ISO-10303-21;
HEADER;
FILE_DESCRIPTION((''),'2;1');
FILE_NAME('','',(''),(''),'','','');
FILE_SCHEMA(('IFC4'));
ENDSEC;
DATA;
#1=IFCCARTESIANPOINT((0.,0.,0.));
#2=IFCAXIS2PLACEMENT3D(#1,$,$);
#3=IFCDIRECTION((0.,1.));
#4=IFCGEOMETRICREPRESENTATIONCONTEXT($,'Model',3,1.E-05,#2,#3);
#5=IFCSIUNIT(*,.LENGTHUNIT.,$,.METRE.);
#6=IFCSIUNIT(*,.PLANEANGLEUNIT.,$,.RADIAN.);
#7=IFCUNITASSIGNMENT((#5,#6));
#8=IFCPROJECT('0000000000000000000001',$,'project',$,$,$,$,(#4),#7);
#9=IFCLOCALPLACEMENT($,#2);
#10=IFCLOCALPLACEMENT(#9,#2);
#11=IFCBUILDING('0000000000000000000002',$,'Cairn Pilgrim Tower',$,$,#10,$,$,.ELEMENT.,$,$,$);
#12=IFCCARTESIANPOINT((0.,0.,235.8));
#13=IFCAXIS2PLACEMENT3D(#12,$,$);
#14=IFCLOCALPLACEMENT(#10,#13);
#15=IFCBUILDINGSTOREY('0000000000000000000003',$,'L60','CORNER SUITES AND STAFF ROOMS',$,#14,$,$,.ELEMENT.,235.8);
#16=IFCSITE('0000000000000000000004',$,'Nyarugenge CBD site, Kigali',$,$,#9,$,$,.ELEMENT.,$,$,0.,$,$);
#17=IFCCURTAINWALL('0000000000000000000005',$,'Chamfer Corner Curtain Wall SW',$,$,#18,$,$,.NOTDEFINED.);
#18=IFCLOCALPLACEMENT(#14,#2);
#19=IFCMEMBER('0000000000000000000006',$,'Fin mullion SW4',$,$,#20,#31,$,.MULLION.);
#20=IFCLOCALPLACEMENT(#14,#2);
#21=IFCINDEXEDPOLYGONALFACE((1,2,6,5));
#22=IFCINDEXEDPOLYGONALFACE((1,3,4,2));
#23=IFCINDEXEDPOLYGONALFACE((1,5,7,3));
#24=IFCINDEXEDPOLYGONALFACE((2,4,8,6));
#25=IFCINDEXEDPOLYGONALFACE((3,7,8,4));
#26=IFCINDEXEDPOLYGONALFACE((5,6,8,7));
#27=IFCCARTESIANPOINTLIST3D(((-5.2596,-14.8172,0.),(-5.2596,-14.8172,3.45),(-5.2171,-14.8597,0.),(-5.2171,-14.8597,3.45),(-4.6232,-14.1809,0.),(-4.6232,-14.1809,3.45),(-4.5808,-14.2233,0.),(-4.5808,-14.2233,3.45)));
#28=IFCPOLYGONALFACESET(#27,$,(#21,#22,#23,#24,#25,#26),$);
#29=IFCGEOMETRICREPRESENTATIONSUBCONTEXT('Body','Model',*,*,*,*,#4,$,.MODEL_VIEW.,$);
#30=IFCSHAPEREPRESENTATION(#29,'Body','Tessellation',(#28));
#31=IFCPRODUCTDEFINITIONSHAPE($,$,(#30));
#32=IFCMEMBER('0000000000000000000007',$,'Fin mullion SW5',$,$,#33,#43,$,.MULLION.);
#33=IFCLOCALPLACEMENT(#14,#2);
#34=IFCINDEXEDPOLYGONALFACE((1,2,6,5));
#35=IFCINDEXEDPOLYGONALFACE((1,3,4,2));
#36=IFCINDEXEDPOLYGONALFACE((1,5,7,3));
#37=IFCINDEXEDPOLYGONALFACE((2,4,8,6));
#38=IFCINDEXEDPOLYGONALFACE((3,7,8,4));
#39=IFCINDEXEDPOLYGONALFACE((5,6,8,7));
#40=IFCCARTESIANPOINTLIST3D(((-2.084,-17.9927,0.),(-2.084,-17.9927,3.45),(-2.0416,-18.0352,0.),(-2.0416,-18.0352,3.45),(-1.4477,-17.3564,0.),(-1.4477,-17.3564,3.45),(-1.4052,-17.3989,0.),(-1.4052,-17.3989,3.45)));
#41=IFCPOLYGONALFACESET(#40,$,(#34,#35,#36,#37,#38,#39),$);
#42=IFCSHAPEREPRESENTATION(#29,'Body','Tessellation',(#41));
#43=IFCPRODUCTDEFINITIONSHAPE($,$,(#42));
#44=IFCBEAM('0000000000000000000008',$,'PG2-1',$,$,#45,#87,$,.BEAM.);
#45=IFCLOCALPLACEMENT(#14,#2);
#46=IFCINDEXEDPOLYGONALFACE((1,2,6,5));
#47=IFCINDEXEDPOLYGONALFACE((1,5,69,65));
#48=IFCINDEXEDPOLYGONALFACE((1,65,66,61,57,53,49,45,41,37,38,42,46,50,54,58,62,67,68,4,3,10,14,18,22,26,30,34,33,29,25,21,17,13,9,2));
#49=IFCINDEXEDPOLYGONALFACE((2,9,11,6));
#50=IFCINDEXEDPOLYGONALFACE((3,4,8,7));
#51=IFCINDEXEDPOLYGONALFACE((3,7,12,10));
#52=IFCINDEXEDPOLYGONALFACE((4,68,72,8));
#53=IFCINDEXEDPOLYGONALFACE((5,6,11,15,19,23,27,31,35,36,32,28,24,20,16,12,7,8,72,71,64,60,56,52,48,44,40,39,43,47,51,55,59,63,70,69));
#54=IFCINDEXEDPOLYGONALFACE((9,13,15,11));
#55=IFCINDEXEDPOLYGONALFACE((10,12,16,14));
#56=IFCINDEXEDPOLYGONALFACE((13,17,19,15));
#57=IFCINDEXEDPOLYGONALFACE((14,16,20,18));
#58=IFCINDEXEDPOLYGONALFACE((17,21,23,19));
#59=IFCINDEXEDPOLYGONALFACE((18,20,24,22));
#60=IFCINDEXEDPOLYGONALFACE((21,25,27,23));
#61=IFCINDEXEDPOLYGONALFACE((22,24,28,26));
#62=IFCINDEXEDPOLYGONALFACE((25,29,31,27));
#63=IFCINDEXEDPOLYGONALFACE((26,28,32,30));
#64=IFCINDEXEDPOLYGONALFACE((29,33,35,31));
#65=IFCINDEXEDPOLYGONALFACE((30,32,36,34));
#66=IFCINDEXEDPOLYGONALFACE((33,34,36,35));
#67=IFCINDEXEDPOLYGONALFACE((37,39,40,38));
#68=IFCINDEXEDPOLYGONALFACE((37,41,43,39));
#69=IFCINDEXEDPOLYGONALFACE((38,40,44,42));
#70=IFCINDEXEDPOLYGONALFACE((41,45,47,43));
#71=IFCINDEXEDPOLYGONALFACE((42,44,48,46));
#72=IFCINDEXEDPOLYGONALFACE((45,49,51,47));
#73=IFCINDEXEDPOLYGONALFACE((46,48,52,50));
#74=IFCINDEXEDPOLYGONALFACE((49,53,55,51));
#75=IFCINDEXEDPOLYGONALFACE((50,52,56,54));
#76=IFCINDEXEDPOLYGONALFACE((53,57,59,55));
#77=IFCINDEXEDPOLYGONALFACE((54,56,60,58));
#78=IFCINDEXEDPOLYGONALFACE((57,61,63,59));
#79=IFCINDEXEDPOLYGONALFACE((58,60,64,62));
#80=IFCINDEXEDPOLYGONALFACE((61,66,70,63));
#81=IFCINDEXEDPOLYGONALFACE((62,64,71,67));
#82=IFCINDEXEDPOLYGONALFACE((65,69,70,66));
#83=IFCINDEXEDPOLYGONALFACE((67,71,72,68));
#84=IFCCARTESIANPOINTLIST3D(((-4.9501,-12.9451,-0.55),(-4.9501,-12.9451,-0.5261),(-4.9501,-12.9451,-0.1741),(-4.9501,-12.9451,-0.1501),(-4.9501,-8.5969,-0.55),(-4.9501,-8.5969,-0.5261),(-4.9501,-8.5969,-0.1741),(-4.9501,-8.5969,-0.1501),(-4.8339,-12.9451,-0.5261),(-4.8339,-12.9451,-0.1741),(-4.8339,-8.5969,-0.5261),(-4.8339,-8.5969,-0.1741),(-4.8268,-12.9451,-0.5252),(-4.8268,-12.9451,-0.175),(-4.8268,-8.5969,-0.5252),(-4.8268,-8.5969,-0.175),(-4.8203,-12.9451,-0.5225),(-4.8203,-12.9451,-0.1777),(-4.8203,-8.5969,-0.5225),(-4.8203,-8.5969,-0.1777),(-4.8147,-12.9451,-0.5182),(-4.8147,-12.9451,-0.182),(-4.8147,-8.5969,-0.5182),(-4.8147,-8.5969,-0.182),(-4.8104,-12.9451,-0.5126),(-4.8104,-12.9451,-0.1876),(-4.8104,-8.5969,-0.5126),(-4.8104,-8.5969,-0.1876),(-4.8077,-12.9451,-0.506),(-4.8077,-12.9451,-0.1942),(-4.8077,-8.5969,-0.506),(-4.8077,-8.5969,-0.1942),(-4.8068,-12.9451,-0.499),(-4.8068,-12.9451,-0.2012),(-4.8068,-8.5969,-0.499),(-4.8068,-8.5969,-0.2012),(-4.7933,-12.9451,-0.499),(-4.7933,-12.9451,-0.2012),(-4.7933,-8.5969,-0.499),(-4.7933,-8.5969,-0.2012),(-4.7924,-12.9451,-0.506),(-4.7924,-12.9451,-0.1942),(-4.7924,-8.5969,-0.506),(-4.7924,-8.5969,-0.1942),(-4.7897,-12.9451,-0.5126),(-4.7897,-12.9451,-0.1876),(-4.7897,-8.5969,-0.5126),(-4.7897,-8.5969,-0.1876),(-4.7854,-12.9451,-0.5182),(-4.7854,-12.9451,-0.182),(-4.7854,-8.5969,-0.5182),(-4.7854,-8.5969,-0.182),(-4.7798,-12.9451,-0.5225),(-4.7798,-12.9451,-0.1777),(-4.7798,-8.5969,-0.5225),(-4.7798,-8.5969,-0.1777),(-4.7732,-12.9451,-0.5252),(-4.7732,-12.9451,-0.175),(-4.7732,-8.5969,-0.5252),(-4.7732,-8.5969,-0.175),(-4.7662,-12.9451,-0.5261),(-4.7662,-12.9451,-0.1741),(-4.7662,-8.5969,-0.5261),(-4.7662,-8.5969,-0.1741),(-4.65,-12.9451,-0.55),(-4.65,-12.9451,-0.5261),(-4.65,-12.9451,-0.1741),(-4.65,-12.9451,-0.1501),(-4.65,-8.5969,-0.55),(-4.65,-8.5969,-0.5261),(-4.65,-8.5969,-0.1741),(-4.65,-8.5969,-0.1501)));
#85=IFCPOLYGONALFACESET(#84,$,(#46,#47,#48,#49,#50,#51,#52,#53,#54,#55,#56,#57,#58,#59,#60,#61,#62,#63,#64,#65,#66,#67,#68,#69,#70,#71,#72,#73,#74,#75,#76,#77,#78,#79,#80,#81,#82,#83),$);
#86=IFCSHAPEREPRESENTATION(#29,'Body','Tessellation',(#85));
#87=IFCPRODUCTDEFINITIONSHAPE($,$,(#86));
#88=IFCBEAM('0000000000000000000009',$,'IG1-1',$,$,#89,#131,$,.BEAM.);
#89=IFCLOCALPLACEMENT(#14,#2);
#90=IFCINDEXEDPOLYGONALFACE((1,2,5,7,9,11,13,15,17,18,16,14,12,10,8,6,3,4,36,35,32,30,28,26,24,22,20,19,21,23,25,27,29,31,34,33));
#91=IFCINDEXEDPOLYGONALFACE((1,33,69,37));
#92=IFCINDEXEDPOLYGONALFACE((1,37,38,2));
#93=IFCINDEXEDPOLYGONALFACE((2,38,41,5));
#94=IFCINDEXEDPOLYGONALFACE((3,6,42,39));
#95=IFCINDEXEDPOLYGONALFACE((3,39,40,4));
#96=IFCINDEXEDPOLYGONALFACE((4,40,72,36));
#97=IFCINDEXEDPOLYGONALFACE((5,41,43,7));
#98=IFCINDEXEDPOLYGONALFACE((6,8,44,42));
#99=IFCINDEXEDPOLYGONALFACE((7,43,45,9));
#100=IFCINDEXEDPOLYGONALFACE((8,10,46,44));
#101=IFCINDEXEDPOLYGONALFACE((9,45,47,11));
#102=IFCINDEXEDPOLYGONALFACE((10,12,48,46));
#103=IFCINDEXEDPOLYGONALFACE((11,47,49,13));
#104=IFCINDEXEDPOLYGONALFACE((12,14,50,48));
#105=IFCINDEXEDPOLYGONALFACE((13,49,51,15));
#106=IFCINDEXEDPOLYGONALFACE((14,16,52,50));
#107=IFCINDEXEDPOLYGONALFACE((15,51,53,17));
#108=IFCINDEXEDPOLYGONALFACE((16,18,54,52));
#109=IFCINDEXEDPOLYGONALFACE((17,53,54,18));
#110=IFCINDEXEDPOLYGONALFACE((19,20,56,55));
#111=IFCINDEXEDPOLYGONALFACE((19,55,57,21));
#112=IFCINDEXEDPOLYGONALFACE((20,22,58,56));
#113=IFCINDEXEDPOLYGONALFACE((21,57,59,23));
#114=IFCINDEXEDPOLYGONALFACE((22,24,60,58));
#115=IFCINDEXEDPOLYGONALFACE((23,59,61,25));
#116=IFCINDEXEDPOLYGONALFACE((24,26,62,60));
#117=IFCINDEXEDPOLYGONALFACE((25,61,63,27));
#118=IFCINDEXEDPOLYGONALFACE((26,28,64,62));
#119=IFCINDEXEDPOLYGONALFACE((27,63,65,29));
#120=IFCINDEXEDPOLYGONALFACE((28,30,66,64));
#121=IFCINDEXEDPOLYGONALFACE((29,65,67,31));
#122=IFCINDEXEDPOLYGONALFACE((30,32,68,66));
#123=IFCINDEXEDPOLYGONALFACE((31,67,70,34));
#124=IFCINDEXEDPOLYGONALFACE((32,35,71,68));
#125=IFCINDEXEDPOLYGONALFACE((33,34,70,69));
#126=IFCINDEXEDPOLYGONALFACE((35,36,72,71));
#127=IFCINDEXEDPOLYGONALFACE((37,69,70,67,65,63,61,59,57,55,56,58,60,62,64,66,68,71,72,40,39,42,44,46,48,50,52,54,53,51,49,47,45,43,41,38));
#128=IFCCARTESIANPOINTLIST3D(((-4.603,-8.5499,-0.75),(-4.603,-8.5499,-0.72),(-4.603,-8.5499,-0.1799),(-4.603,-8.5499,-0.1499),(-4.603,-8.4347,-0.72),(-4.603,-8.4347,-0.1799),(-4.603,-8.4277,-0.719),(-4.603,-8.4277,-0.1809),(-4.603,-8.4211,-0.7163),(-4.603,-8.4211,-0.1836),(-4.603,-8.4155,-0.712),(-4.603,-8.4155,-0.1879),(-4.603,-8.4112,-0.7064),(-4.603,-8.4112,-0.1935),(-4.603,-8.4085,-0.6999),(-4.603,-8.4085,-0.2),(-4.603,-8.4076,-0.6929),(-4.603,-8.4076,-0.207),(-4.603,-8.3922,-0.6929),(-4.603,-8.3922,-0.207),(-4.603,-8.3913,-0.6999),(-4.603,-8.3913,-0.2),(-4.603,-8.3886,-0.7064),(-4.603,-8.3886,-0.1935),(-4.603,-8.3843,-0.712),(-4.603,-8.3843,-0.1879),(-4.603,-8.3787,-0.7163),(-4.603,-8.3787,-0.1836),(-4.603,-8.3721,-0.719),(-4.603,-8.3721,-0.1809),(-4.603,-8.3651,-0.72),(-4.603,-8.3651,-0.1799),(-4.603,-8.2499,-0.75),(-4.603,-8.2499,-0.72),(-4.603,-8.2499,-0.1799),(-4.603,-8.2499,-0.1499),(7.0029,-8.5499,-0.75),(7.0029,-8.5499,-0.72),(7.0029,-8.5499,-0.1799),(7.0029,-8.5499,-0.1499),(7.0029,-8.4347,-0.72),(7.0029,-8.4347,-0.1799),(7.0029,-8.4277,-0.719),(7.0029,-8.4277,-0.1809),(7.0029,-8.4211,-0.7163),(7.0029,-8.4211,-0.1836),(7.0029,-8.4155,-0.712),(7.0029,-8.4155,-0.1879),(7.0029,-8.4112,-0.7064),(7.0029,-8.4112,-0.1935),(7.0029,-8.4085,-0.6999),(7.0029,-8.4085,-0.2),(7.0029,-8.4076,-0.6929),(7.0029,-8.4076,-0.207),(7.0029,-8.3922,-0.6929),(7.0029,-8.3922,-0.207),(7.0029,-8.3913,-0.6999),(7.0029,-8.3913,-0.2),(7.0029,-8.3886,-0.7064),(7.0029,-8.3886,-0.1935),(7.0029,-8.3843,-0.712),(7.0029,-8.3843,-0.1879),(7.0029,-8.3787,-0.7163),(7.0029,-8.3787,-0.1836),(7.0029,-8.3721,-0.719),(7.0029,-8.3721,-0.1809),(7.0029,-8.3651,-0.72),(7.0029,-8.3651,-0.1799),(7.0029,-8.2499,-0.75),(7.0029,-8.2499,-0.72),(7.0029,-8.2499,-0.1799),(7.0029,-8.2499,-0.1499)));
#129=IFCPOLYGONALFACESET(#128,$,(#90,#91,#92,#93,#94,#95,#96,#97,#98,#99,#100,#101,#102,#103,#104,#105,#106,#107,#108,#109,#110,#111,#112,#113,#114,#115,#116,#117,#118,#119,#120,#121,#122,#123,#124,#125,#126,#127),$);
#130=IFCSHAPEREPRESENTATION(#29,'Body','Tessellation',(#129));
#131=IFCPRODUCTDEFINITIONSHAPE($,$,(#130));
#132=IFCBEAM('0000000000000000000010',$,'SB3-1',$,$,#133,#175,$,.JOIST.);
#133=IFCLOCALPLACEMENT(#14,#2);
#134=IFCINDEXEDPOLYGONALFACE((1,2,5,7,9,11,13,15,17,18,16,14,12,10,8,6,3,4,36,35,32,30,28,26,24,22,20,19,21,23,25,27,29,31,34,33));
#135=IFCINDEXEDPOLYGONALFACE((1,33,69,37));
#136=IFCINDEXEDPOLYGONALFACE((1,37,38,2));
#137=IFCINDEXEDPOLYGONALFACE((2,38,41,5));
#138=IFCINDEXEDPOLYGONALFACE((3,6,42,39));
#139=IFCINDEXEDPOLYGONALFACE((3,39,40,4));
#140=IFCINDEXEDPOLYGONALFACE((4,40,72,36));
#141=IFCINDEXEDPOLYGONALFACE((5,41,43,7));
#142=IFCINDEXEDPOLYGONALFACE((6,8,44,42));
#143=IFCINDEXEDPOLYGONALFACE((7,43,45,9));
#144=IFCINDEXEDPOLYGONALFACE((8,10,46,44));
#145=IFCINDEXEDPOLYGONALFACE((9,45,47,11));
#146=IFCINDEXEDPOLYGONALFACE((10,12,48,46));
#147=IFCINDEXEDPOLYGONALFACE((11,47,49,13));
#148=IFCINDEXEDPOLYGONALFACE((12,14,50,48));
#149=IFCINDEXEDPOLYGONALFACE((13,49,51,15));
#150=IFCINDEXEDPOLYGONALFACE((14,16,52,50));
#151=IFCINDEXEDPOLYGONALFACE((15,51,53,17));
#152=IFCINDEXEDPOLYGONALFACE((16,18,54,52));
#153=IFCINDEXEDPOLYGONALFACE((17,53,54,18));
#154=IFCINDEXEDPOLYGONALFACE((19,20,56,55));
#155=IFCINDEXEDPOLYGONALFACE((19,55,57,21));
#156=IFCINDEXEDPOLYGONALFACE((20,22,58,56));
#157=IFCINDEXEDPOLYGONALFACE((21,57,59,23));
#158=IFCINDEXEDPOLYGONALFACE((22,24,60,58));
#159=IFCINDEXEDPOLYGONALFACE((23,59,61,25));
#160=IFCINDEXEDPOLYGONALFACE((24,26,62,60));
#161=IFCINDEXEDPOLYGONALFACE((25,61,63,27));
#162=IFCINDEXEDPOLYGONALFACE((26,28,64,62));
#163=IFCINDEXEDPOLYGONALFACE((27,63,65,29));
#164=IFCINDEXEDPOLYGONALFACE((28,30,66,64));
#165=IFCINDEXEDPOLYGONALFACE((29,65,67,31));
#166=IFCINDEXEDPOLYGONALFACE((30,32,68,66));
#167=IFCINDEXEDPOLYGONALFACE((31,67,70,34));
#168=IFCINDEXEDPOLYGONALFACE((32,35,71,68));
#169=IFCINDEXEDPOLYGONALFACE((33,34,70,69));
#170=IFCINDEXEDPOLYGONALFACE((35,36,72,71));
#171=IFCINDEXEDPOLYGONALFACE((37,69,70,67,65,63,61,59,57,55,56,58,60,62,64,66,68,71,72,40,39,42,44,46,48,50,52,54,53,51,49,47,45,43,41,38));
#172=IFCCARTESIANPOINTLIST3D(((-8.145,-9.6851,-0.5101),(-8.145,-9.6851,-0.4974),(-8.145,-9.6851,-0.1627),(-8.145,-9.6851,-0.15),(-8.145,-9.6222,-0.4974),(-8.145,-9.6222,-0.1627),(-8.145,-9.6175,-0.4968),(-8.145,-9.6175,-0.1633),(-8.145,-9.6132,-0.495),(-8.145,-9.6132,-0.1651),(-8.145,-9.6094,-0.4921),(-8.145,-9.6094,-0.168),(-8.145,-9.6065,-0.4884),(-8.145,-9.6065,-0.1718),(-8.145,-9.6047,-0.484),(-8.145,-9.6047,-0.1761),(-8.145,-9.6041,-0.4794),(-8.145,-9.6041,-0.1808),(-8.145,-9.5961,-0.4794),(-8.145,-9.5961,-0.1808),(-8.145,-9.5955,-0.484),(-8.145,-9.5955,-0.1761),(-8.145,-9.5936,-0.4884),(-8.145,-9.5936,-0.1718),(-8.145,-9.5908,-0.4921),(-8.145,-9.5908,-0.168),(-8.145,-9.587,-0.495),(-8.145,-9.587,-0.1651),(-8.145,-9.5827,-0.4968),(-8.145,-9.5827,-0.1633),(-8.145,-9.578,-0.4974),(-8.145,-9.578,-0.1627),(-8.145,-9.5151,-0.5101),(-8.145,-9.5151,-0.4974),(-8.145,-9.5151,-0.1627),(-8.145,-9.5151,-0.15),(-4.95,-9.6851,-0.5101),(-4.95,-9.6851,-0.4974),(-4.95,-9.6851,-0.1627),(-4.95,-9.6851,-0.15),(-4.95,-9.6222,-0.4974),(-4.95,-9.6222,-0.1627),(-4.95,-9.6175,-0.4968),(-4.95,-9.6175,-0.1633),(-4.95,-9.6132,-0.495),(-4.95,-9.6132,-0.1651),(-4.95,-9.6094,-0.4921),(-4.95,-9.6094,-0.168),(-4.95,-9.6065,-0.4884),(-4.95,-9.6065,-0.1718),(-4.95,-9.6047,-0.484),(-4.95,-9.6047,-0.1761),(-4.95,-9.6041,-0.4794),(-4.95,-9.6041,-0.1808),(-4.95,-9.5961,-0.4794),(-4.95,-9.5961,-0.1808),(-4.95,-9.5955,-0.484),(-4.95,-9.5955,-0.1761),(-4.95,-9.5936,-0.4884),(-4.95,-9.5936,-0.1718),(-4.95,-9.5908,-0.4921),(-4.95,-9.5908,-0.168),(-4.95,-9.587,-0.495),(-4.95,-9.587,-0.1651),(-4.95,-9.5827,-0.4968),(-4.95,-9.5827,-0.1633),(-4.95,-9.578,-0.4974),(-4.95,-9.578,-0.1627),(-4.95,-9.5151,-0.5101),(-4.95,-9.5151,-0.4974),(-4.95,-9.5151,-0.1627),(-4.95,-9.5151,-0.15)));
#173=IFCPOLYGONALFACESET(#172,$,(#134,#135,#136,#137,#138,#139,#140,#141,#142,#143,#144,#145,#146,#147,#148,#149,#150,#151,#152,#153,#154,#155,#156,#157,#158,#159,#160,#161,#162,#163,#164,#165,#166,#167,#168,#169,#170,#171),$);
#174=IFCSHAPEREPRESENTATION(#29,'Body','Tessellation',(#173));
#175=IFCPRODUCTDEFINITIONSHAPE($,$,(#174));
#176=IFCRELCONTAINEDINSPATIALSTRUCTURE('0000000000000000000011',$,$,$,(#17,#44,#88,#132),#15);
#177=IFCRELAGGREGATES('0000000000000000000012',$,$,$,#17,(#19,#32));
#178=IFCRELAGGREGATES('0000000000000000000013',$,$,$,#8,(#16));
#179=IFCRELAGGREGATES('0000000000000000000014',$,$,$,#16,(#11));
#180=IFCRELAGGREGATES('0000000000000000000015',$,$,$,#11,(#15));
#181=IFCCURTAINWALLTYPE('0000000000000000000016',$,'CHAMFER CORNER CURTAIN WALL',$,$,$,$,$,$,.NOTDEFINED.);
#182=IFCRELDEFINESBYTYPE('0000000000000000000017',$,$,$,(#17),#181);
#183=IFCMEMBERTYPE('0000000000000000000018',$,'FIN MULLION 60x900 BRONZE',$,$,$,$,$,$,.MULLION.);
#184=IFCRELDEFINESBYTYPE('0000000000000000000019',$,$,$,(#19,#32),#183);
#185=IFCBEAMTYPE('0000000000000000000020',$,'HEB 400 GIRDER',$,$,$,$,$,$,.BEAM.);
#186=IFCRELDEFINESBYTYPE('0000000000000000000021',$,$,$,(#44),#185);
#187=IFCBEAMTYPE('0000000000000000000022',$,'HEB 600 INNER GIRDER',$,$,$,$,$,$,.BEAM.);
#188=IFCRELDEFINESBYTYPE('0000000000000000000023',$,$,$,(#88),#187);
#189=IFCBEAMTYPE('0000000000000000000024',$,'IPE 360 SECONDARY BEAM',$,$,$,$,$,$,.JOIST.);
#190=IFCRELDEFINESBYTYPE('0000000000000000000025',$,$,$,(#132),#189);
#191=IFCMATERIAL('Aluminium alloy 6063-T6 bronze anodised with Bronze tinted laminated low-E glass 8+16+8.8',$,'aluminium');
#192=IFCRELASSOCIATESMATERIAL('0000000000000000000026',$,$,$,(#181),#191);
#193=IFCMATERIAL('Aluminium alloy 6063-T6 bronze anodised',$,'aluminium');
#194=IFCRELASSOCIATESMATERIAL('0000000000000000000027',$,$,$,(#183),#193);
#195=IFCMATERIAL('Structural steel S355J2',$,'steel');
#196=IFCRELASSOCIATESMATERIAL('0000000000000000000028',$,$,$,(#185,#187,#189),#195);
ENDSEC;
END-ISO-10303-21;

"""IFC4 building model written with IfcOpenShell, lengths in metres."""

from ifc_helpers import new_model, si_unit, direction, frame, origin, origin_2d, place, context, subcontext, project, spatial, rectangle, i_section, extrude, material, material_profile, profile_set, type_object, element, aggregate, save


model = new_model("IFC4")

# Units and contexts
model_context = context("Model", 3, precision=1e-05, world=origin(), true_north=direction((0.0, 1.0)))
body_context = subcontext(model_context, "Body", "Model", "MODEL_VIEW")
ifc_project = project(units=[si_unit("LENGTHUNIT", "METRE"), si_unit("PLANEANGLEUNIT", "RADIAN")], contexts=[model_context])

# Site, building, storey
site_placement = place(None, origin())
site = spatial("IfcSite", under=ifc_project, at=site_placement, Name="Nyarugenge CBD site, Kigali", CompositionType="ELEMENT", RefElevation=0.0)
building_placement = place(site_placement, origin())
building = spatial("IfcBuilding", under=site, at=building_placement, Name="Cairn Pilgrim Tower", CompositionType="ELEMENT")
storey_placement = place(building_placement, frame((0.0, 0.0, 235.8)))
storey = spatial("IfcBuildingStorey", under=building, at=storey_placement, Name="L60", Description="CORNER SUITES AND STAFF ROOMS", CompositionType="ELEMENT", Elevation=235.8)

# Shared definitions
ifc_material_1 = material(Name="Structural steel S355J2", Category="steel")

# Curtain wall, members
ifc_material_2 = material(Name="Aluminium alloy 6063-T6 bronze anodised with Bronze tinted laminated low-E glass 8+16+8.8", Category="aluminium")
curtain_wall_type = type_object("IfcCurtainWallType", Name="CHAMFER CORNER CURTAIN WALL", PredefinedType="NOTDEFINED", material=ifc_material_2)
curtain_wall_placement = place(storey_placement, origin())
curtain_wall = element("IfcCurtainWall", 1, at=curtain_wall_placement, inside=storey, type_object=curtain_wall_type, Name="Chamfer Corner Curtain Wall SW", PredefinedType="NOTDEFINED")
ifc_material_3 = material(Name="Aluminium alloy 6063-T6 bronze anodised", Category="aluminium")
ifc_material_profile_1 = material_profile(ifc_material_3, rectangle(XDim=0.8999, YDim=0.0601, at=origin_2d()), Name="FIN MULLION 60x900 BRONZE")
ifc_profile_set_1 = profile_set([ifc_material_profile_1], Name="Aluminium alloy 6063-T6 bronze anodised")
member_type_1 = type_object("IfcMemberType", Name="FIN MULLION 60x900 BRONZE", PredefinedType="MULLION", material=ifc_profile_set_1)
member_1_placement = place(storey_placement, frame((-4.9202, -14.5203, 0.0), z_axis=(0.0, 0.0, 1.0), x_axis=(-0.707107, -0.707107, 0.0)))
member_1 = element("IfcMember", 2, at=member_1_placement, type_object=member_type_1, Name="Fin mullion SW4", PredefinedType="MULLION", context=body_context, shape_type="SweptSolid", body=[
    extrude(rectangle(XDim=0.8999, YDim=0.0601, at=origin_2d()), origin(), (0.0, 0.0, 1.0), 3.45),
])
member_2_placement = place(storey_placement, frame((-1.7446, -17.6958, 0.0), z_axis=(0.0, 0.0, 1.0), x_axis=(-0.707107, -0.707107, 0.0)))
member_2 = element("IfcMember", 3, at=member_2_placement, type_object=member_type_1, Name="Fin mullion SW5", PredefinedType="MULLION", context=body_context, shape_type="SweptSolid", body=[
    extrude(rectangle(XDim=0.8999, YDim=0.0601, at=origin_2d()), origin(), (0.0, 0.0, 1.0), 3.45),
])

# Beams
ifc_material_profile_2 = material_profile(ifc_material_1, i_section(OverallWidth=0.3, OverallDepth=0.3999, WebThickness=0.0134, FlangeThickness=0.0239, FilletRadius=0.0271, at=origin_2d()), Name="HEB 400")
ifc_profile_set_2 = profile_set([ifc_material_profile_2], Name="Structural steel S355J2")
beam_type_1 = type_object("IfcBeamType", Name="HEB 400 GIRDER", PredefinedType="BEAM", material=ifc_profile_set_2)
beam_1_placement = place(storey_placement, frame((-4.8, -12.9451, -0.3501), z_axis=(0.0, 1.0, 0.0), x_axis=(-1.0, 0.0, 0.0)))
element("IfcBeam", 4, at=beam_1_placement, inside=storey, type_object=beam_type_1, Name="PG2-1", PredefinedType="BEAM", context=body_context, shape_type="SweptSolid", body=[
    extrude(i_section(OverallWidth=0.3, OverallDepth=0.3999, WebThickness=0.0134, FlangeThickness=0.0239, FilletRadius=0.0271, at=origin_2d()), origin(), (0.0, 0.0, 1.0), 4.3481),
])
ifc_material_profile_3 = material_profile(ifc_material_1, i_section(OverallWidth=0.3, OverallDepth=0.6001, WebThickness=0.0154, FlangeThickness=0.03, FilletRadius=0.0271, at=origin_2d()), Name="HEB 600")
ifc_profile_set_3 = profile_set([ifc_material_profile_3], Name="Structural steel S355J2")
beam_type_2 = type_object("IfcBeamType", Name="HEB 600 INNER GIRDER", PredefinedType="BEAM", material=ifc_profile_set_3)
beam_2_placement = place(storey_placement, frame((-4.603, -8.3999, -0.45), z_axis=(1.0, 0.0, 0.0), x_axis=(0.0, 1.0, 0.0)))
element("IfcBeam", 5, at=beam_2_placement, inside=storey, type_object=beam_type_2, Name="IG1-1", PredefinedType="BEAM", context=body_context, shape_type="SweptSolid", body=[
    extrude(i_section(OverallWidth=0.3, OverallDepth=0.6001, WebThickness=0.0154, FlangeThickness=0.03, FilletRadius=0.0271, at=origin_2d()), origin(), (0.0, 0.0, 1.0), 11.606),
])
ifc_material_profile_4 = material_profile(ifc_material_1, i_section(OverallWidth=0.1699, OverallDepth=0.3601, WebThickness=0.0081, FlangeThickness=0.0127, FilletRadius=0.0181, at=origin_2d()), Name="IPE 360")
ifc_profile_set_4 = profile_set([ifc_material_profile_4], Name="Structural steel S355J2")
beam_type_3 = type_object("IfcBeamType", Name="IPE 360 SECONDARY BEAM", PredefinedType="JOIST", material=ifc_profile_set_4)
beam_3_placement = place(storey_placement, frame((-8.145, -9.6001, -0.3301), z_axis=(1.0, 0.0, 0.0), x_axis=(0.0, 1.0, 0.0)))
element("IfcBeam", 6, at=beam_3_placement, inside=storey, type_object=beam_type_3, Name="SB3-1", PredefinedType="JOIST", context=body_context, shape_type="SweptSolid", body=[
    extrude(i_section(OverallWidth=0.1699, OverallDepth=0.3601, WebThickness=0.0081, FlangeThickness=0.0127, FilletRadius=0.0181, at=origin_2d()), origin(), (0.0, 0.0, 1.0), 3.1951),
])

aggregate(curtain_wall, [member_1, member_2])

save(model, "model.ifc")
